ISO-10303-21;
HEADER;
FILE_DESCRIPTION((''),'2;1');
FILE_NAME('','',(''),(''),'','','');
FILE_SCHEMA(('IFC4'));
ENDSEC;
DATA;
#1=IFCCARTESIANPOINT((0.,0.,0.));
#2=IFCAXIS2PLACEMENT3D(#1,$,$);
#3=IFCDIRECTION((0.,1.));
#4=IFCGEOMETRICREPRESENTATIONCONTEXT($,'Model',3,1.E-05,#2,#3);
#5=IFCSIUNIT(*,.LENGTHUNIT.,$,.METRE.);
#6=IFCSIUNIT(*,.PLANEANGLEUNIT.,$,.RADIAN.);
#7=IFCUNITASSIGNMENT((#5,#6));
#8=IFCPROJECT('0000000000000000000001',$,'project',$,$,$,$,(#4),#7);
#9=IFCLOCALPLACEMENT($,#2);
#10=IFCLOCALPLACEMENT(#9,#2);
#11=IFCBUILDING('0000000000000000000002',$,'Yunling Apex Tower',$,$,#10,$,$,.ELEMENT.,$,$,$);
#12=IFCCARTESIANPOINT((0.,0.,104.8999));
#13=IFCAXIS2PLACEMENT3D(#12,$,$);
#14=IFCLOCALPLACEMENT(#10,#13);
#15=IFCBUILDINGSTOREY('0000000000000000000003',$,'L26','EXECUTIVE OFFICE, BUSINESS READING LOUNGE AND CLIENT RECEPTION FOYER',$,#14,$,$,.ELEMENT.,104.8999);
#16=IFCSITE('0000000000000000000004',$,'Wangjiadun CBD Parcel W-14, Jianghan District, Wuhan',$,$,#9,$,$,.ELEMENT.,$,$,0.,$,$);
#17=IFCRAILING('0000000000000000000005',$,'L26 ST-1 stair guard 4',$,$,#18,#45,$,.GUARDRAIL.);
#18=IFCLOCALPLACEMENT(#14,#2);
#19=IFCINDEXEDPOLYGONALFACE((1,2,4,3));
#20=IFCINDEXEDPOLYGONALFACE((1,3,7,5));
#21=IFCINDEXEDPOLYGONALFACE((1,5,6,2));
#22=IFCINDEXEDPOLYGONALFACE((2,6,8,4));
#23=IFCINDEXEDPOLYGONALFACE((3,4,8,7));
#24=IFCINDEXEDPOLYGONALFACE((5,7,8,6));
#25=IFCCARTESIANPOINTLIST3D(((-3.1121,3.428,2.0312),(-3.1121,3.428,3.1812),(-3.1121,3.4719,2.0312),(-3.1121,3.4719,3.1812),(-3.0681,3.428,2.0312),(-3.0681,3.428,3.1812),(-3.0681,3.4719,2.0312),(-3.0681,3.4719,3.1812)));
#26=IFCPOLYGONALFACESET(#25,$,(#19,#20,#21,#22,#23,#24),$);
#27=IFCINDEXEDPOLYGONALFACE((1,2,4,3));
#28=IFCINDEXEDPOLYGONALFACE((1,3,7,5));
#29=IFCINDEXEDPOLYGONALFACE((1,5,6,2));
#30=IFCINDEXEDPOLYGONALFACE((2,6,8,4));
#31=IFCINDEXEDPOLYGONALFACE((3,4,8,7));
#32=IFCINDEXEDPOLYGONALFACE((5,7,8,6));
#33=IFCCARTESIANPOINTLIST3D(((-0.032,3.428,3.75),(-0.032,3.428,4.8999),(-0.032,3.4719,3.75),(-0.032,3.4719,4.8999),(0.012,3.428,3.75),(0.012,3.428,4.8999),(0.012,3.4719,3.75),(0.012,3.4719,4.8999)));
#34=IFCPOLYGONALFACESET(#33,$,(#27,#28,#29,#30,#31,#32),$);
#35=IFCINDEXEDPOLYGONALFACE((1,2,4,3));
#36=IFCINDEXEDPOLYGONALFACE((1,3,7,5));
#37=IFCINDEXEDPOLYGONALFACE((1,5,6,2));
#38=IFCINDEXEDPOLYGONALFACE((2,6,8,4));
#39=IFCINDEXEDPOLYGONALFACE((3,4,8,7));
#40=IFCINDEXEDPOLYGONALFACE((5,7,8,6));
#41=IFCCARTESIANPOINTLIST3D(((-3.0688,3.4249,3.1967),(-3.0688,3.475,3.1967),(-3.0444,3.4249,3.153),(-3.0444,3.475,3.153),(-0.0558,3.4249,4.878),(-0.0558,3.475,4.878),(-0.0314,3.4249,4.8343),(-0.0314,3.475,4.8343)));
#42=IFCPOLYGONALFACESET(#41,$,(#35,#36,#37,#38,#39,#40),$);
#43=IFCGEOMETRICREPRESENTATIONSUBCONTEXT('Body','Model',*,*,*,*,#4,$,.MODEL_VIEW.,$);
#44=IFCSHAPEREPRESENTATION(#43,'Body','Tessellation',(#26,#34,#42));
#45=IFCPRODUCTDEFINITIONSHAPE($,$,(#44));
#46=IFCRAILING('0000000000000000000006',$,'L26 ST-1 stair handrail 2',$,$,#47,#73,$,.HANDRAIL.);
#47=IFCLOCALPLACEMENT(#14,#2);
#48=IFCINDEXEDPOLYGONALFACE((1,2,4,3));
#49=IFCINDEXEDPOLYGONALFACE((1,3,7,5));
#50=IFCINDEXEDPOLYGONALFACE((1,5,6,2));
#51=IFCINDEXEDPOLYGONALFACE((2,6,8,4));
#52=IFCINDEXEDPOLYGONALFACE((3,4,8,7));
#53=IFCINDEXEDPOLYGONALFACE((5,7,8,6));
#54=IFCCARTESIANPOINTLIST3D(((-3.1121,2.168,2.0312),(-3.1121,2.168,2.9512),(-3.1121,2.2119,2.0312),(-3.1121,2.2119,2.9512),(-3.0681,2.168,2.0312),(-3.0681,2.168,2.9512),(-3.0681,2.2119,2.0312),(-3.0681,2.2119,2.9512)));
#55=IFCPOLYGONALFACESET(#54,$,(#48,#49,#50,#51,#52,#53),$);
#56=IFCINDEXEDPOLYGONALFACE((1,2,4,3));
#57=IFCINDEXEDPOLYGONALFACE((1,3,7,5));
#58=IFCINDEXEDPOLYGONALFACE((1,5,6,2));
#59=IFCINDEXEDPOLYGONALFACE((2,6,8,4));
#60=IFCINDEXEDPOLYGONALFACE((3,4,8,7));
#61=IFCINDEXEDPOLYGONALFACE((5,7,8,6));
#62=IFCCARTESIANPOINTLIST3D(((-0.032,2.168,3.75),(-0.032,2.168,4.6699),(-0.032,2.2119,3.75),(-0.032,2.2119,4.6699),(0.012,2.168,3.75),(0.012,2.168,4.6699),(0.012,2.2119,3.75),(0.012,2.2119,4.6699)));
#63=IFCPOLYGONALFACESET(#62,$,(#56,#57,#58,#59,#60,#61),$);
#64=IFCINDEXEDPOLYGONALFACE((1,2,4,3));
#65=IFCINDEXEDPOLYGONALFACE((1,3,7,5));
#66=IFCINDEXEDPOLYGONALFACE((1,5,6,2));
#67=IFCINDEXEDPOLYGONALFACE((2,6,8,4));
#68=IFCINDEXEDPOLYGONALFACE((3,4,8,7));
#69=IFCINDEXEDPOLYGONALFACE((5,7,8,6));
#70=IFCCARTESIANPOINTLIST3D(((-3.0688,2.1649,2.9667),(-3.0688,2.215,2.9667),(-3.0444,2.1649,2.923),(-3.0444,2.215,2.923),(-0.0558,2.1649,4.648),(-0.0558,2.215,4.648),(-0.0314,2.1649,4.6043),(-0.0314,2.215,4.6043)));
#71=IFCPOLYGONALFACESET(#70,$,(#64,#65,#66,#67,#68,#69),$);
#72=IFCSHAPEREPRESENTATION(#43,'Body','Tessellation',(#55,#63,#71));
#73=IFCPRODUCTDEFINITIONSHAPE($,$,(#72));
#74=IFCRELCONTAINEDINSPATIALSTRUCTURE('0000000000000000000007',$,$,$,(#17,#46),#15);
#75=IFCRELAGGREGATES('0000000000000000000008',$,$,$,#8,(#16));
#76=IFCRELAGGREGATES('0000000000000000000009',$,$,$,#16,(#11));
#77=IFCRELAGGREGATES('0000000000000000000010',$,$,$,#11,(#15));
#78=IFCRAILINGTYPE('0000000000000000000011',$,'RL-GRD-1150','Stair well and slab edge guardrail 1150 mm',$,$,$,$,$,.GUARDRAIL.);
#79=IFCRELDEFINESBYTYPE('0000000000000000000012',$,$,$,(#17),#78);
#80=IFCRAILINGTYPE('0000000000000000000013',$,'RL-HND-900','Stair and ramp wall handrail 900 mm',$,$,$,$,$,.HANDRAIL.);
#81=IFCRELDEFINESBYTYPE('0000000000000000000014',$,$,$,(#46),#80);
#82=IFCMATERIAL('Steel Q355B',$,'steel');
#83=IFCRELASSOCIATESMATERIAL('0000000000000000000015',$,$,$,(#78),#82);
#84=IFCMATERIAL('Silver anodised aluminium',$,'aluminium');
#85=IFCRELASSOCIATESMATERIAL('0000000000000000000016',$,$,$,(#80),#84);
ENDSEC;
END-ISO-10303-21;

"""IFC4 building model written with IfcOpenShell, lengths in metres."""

from ifc_helpers import new_model, si_unit, direction, frame, origin, origin_2d, place, context, subcontext, project, spatial, rectangle, extrude, material, type_object, element, save


model = new_model("IFC4")

# Units and contexts
model_context = context("Model", 3, precision=1e-05, world=origin(), true_north=direction((0.0, 1.0)))
body_context = subcontext(model_context, "Body", "Model", "MODEL_VIEW")
ifc_project = project(units=[si_unit("LENGTHUNIT", "METRE"), si_unit("PLANEANGLEUNIT", "RADIAN")], contexts=[model_context])

# Site, building, storey
site_placement = place(None, origin())
site = spatial("IfcSite", under=ifc_project, at=site_placement, Name="Wangjiadun CBD Parcel W-14, Jianghan District, Wuhan", CompositionType="ELEMENT", RefElevation=0.0)
building_placement = place(site_placement, origin())
building = spatial("IfcBuilding", under=site, at=building_placement, Name="Yunling Apex Tower", CompositionType="ELEMENT")
storey_placement = place(building_placement, frame((0.0, 0.0, 104.8999)))
storey = spatial("IfcBuildingStorey", under=building, at=storey_placement, Name="L26", Description="EXECUTIVE OFFICE, BUSINESS READING LOUNGE AND CLIENT RECEPTION FOYER", CompositionType="ELEMENT", Elevation=104.8999)

# Shared definitions
ifc_material_1 = material(Name="Steel Q355B", Category="steel")

# Shared definitions
ifc_material_2 = material(Name="Silver anodised aluminium", Category="aluminium")

# Railings
railing_type_1 = type_object("IfcRailingType", Name="RL-GRD-1150", Description="Stair well and slab edge guardrail 1150 mm", PredefinedType="GUARDRAIL", material=ifc_material_1)
railing_1_placement = place(storey_placement, frame((-3.0901, 3.45, 2.0312)))
element("IfcRailing", 1, at=railing_1_placement, inside=storey, type_object=railing_type_1, Name="L26 ST-1 stair guard 4", PredefinedType="GUARDRAIL", context=body_context, shape_type="SweptSolid", body=[
    extrude(rectangle(XDim=0.0439, YDim=0.0439, at=origin_2d()), origin(), (0.0, 0.0, 1.0), 1.1499),
    extrude(rectangle(XDim=0.0439, YDim=0.0439, at=origin_2d()), frame((3.0801, 0.0, 1.7188)), (0.0, 0.0, 1.0), 1.1499),
    extrude(rectangle(XDim=0.05, YDim=0.05, at=origin_2d()), frame((0.0334, 0.0, 1.1436), z_axis=(0.873242, 0.0, 0.487288), x_axis=(0.0, 1.0, 0.0)), (0.0, 0.0, 1.0), 3.4504),
])
railing_type_2 = type_object("IfcRailingType", Name="RL-HND-900", Description="Stair and ramp wall handrail 900 mm", PredefinedType="HANDRAIL", material=ifc_material_2)
railing_2_placement = place(storey_placement, frame((-3.0901, 2.1899, 2.0312)))
element("IfcRailing", 2, at=railing_2_placement, inside=storey, type_object=railing_type_2, Name="L26 ST-1 stair handrail 2", PredefinedType="HANDRAIL", context=body_context, shape_type="SweptSolid", body=[
    extrude(rectangle(XDim=0.0439, YDim=0.0439, at=origin_2d()), origin(), (0.0, 0.0, 1.0), 0.9199),
    extrude(rectangle(XDim=0.0439, YDim=0.0439, at=origin_2d()), frame((3.0801, 0.0, 1.7188)), (0.0, 0.0, 1.0), 0.9199),
    extrude(rectangle(XDim=0.05, YDim=0.05, at=origin_2d()), frame((0.0334, 0.0, 0.9136), z_axis=(0.873242, 0.0, 0.487288), x_axis=(0.0, 1.0, 0.0)), (0.0, 0.0, 1.0), 3.4504),
])

save(model, "model.ifc")
